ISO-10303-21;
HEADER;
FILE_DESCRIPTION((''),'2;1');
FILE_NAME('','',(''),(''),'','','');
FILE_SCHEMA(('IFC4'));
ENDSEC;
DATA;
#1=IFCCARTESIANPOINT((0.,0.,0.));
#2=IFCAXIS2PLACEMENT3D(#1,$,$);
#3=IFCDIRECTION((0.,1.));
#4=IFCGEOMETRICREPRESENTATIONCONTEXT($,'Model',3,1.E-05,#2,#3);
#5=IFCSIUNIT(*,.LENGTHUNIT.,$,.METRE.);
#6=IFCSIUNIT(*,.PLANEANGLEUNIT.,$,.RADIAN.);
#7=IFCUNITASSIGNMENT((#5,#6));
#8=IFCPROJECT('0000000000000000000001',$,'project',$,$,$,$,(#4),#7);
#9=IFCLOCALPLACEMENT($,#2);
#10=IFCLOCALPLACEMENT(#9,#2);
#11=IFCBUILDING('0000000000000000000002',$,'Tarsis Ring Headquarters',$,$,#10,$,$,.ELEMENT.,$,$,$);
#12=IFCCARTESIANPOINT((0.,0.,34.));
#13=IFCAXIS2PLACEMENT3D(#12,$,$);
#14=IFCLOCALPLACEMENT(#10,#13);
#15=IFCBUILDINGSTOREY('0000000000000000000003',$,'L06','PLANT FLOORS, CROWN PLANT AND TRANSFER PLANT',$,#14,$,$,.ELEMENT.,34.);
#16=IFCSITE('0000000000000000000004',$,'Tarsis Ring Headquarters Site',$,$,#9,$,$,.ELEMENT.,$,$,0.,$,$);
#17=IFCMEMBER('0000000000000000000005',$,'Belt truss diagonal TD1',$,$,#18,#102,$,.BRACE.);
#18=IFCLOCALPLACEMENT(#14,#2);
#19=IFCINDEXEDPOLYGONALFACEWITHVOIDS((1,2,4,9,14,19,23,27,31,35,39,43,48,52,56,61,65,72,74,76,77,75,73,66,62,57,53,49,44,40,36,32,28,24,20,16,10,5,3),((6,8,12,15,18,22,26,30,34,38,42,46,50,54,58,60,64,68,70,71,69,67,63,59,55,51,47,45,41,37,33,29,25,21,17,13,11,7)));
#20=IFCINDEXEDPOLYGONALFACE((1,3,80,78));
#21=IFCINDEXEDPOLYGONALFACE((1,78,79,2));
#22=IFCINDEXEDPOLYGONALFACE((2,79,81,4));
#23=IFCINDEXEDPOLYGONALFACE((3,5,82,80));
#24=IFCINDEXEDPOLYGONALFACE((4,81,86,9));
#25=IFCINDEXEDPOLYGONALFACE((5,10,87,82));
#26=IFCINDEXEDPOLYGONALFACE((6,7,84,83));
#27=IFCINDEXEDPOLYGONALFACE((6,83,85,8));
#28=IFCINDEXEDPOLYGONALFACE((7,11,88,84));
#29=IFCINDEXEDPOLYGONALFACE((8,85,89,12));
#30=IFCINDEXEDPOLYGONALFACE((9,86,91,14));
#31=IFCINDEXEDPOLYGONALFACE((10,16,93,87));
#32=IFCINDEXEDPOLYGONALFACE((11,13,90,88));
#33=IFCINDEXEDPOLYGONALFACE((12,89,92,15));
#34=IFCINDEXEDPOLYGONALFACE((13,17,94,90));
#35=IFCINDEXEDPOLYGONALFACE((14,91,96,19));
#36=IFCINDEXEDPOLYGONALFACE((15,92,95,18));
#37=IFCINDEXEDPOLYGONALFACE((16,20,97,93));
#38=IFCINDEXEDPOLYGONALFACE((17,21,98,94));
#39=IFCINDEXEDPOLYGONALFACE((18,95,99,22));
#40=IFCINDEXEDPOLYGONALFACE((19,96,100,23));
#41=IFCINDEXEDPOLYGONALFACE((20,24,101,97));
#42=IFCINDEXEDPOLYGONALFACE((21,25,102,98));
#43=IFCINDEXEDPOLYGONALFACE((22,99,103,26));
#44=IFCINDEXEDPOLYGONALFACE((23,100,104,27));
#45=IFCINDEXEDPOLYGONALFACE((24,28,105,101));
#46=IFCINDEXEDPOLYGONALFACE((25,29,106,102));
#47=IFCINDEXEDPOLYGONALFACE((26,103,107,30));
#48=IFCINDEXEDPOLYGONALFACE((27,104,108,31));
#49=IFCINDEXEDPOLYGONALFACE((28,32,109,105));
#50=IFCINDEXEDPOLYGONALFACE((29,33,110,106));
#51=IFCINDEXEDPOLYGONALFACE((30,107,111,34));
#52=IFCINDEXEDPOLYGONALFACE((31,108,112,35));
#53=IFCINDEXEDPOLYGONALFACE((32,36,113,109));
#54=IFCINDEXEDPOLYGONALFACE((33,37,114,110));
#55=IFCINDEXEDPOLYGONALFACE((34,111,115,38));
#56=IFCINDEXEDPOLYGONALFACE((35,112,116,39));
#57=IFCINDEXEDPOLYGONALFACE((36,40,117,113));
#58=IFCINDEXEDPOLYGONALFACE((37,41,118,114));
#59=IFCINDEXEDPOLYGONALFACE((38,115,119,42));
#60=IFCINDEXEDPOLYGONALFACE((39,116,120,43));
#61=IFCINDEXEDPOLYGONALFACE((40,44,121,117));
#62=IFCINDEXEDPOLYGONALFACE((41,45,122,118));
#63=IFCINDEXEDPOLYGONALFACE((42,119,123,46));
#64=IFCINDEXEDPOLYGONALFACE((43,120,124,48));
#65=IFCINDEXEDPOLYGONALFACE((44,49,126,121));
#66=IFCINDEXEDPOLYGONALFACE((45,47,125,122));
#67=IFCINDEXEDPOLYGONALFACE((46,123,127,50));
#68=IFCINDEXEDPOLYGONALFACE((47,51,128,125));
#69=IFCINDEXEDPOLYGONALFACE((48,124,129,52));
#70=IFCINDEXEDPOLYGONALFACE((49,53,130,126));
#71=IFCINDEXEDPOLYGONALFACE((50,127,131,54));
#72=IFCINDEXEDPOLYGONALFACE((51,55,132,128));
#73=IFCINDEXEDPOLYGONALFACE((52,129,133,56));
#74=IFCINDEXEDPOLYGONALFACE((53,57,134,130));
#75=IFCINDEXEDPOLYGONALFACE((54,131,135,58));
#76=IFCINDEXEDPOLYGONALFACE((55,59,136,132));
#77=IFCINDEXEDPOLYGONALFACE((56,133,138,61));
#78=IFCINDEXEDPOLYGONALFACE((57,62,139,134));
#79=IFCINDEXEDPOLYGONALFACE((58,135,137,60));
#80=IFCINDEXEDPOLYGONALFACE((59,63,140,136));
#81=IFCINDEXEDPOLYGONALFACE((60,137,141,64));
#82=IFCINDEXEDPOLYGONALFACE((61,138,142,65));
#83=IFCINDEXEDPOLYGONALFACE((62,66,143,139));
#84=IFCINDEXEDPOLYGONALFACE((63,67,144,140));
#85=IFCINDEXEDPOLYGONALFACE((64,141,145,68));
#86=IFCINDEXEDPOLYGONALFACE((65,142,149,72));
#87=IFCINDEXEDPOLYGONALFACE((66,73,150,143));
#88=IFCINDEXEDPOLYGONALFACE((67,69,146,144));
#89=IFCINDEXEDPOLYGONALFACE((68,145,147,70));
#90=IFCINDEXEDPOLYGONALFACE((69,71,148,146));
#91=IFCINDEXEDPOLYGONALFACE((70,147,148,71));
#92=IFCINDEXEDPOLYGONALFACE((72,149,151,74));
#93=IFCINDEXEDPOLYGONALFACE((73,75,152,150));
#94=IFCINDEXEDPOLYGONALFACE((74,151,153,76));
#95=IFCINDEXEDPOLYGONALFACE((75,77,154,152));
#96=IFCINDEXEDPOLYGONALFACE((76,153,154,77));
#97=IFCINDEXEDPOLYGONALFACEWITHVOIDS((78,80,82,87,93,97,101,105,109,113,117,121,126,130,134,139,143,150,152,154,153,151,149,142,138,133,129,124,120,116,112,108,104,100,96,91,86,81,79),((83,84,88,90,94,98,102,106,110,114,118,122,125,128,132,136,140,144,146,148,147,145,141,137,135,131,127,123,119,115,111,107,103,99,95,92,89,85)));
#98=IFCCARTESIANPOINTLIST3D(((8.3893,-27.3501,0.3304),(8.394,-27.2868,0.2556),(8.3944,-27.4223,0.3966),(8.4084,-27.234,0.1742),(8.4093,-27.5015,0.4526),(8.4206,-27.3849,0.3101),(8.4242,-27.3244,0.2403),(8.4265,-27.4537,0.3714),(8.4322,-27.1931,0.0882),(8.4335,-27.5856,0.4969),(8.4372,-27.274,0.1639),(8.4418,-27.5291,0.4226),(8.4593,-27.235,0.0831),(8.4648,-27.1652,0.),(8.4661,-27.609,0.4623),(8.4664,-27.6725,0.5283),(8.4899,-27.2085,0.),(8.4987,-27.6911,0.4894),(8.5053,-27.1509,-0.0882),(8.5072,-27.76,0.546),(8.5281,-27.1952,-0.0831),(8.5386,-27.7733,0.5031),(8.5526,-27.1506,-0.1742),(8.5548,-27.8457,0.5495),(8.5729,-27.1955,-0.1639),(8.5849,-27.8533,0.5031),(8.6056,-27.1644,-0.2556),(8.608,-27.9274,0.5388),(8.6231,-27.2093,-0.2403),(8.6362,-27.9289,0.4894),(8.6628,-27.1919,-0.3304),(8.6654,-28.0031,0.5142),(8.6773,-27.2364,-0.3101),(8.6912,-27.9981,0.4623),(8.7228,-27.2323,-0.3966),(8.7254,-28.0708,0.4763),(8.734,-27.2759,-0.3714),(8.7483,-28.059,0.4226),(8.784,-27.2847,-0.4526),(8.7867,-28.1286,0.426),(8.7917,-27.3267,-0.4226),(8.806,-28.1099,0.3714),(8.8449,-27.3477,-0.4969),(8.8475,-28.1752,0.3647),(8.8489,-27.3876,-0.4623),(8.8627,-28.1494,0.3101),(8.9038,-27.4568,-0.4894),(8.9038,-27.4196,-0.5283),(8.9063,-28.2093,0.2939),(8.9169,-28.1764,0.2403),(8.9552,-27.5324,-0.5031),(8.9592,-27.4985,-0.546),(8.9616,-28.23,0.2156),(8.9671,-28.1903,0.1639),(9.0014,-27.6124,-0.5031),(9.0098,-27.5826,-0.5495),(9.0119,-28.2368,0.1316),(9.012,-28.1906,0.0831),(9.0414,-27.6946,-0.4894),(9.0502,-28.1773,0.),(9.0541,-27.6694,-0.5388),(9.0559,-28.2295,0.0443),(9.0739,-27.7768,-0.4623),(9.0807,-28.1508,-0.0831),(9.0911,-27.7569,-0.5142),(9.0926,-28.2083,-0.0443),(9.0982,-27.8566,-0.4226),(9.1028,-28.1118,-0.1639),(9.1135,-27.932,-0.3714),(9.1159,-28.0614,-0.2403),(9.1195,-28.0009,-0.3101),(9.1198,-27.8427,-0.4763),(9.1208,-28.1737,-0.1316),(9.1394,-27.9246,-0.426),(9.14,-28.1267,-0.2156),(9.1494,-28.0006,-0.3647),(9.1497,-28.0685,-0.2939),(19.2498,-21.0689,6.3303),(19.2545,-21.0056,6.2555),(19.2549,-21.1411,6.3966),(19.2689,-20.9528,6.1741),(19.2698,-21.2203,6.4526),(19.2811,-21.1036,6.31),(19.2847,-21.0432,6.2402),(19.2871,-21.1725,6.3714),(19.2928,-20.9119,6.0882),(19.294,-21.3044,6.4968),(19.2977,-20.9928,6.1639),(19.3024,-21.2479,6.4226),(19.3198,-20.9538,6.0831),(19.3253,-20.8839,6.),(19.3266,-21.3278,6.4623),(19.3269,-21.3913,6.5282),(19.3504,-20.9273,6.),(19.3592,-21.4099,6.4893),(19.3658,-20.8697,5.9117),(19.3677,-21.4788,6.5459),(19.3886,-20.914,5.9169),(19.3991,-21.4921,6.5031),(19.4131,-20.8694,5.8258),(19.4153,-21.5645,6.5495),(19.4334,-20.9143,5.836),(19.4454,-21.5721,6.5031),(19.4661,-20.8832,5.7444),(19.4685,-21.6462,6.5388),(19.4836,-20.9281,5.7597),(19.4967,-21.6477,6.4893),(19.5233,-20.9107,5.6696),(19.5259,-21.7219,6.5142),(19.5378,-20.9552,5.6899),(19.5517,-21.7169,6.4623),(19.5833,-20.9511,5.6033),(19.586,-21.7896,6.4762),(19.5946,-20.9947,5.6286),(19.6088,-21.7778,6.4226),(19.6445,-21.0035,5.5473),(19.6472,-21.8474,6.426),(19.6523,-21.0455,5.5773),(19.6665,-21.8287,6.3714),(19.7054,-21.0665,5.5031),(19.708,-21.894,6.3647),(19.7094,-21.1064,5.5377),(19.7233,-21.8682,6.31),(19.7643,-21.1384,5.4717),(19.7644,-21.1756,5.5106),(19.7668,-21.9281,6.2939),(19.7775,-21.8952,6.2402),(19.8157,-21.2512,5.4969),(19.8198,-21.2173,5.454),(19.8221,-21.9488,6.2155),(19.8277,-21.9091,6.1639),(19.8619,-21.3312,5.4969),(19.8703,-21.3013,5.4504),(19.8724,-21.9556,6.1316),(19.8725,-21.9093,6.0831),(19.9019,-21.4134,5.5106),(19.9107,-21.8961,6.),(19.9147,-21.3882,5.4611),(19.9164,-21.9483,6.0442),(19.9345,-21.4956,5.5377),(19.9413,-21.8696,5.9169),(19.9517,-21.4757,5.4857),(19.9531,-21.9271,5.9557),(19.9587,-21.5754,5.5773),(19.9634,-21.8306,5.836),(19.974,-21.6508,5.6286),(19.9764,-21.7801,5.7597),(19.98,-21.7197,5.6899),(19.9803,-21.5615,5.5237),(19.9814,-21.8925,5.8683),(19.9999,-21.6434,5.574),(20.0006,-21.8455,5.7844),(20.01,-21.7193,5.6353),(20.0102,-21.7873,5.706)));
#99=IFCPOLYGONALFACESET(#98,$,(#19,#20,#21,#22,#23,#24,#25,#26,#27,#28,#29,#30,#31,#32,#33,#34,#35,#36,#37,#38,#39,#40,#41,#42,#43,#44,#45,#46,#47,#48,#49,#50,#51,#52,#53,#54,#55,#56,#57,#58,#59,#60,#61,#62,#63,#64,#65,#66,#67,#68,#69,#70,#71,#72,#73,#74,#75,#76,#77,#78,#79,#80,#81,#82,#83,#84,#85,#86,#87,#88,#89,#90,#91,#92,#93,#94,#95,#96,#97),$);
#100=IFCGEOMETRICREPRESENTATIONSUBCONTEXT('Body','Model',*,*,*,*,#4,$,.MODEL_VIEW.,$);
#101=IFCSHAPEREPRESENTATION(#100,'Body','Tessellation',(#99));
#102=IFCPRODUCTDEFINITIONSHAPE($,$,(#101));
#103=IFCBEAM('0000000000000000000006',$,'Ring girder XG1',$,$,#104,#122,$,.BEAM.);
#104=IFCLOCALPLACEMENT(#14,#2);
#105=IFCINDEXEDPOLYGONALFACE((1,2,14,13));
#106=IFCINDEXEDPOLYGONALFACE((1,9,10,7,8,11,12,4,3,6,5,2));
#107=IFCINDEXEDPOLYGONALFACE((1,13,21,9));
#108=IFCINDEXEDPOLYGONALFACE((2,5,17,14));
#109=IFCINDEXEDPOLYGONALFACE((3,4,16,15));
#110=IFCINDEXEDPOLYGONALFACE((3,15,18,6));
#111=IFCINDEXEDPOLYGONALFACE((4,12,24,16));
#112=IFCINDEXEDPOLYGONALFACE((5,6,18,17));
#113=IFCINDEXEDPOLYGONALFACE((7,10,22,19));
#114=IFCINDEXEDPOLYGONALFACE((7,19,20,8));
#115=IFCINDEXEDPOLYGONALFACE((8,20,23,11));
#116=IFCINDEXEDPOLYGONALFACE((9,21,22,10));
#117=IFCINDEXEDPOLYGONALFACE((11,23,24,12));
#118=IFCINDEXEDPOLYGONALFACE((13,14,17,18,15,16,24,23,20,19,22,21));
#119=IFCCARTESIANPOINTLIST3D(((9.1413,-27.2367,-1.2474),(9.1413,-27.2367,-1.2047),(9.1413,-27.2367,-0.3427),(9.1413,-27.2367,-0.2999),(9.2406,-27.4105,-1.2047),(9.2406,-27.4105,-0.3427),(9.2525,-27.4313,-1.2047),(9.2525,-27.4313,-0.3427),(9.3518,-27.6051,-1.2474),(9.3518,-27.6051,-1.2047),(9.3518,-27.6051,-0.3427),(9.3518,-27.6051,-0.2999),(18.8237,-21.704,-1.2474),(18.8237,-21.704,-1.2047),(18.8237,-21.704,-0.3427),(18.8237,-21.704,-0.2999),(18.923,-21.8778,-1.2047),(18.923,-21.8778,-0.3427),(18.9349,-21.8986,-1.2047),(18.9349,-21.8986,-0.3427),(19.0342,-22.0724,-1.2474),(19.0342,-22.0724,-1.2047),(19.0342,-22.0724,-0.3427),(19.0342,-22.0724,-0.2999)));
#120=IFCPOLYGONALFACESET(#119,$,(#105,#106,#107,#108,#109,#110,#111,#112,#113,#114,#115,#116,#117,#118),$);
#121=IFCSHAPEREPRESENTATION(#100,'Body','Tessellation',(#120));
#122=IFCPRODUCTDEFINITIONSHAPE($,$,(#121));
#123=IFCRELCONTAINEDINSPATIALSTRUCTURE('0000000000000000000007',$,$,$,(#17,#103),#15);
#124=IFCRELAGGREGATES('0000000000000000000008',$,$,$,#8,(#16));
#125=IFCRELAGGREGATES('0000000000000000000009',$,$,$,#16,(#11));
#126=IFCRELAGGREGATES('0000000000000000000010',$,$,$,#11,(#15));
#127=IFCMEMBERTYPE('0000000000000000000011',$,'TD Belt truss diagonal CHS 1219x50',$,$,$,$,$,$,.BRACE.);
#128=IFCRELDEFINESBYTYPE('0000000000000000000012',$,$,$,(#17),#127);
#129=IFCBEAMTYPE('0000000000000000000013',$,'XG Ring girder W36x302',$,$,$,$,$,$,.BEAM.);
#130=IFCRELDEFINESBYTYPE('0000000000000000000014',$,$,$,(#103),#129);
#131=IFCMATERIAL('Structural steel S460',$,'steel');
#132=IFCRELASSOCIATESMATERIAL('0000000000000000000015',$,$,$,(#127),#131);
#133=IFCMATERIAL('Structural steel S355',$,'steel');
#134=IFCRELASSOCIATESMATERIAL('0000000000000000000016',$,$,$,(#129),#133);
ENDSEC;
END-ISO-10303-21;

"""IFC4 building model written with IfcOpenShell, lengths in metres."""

from ifc_helpers import new_model, si_unit, direction, frame, origin, origin_2d, place, context, subcontext, project, spatial, hollow_circle, i_section, extrude, material, material_profile, profile_set, type_object, element, save


model = new_model("IFC4")

# Units and contexts
model_context = context("Model", 3, precision=1e-05, world=origin(), true_north=direction((0.0, 1.0)))
body_context = subcontext(model_context, "Body", "Model", "MODEL_VIEW")
ifc_project = project(units=[si_unit("LENGTHUNIT", "METRE"), si_unit("PLANEANGLEUNIT", "RADIAN")], contexts=[model_context])

# Site, building, storey
site_placement = place(None, origin())
site = spatial("IfcSite", under=ifc_project, at=site_placement, Name="Tarsis Ring Headquarters Site", CompositionType="ELEMENT", RefElevation=0.0)
building_placement = place(site_placement, origin())
building = spatial("IfcBuilding", under=site, at=building_placement, Name="Tarsis Ring Headquarters", CompositionType="ELEMENT")
storey_placement = place(building_placement, frame((0.0, 0.0, 34.0)))
storey = spatial("IfcBuildingStorey", under=building, at=storey_placement, Name="L06", Description="PLANT FLOORS, CROWN PLANT AND TRANSFER PLANT", CompositionType="ELEMENT", Elevation=34.0)

# Shared definitions
ifc_material_1 = material(Name="Structural steel S460", Category="steel")
ifc_material_profile_1 = material_profile(ifc_material_1, hollow_circle(Radius=0.6096, WallThickness=0.05, at=origin_2d()), Name="CHS 1219x50")
ifc_profile_set_1 = profile_set([ifc_material_profile_1], Name="Structural steel S460")

# Shared definitions
ifc_material_2 = material(Name="Structural steel S355", Category="steel")

# Member
member_type = type_object("IfcMemberType", Name="TD Belt truss diagonal CHS 1219x50", PredefinedType="BRACE", material=ifc_profile_set_1)
member_1_placement = place(storey_placement, frame((8.77, -27.6929, 0.0), z_axis=(0.780941, 0.451659, 0.431435), x_axis=(-0.50065, 0.86565, 0.0)))
element("IfcMember", 1, at=member_1_placement, inside=storey, type_object=member_type, Name="Belt truss diagonal TD1", PredefinedType="BRACE", context=body_context, shape_type="SweptSolid", body=[
    extrude(hollow_circle(Radius=0.6096, WallThickness=0.05, at=origin_2d()), origin(), (0.0, 0.0, 1.0), 13.907),
])

# Beam
ifc_material_profile_2 = material_profile(ifc_material_2, i_section(OverallWidth=0.4243, OverallDepth=0.9475, WebThickness=0.0239, FlangeThickness=0.0427, at=origin_2d()), Name="W36x302")
ifc_profile_set_2 = profile_set([ifc_material_profile_2], Name="Structural steel S355")
beam_type_1 = type_object("IfcBeamType", Name="XG Ring girder W36x302", PredefinedType="BEAM", material=ifc_profile_set_2)
beam_1_placement = place(storey_placement, frame((9.2466, -27.4209, -0.7737), z_axis=(0.868246, 0.496134, 0.0), x_axis=(-0.496134, 0.868246, 0.0)))
element("IfcBeam", 2, at=beam_1_placement, inside=storey, type_object=beam_type_1, Name="Ring girder XG1", PredefinedType="BEAM", context=body_context, shape_type="SweptSolid", body=[
    extrude(i_section(OverallWidth=0.4243, OverallDepth=0.9475, WebThickness=0.0239, FlangeThickness=0.0427, at=origin_2d()), origin(), (0.0, 0.0, 1.0), 11.1516),
])

save(model, "model.ifc")
